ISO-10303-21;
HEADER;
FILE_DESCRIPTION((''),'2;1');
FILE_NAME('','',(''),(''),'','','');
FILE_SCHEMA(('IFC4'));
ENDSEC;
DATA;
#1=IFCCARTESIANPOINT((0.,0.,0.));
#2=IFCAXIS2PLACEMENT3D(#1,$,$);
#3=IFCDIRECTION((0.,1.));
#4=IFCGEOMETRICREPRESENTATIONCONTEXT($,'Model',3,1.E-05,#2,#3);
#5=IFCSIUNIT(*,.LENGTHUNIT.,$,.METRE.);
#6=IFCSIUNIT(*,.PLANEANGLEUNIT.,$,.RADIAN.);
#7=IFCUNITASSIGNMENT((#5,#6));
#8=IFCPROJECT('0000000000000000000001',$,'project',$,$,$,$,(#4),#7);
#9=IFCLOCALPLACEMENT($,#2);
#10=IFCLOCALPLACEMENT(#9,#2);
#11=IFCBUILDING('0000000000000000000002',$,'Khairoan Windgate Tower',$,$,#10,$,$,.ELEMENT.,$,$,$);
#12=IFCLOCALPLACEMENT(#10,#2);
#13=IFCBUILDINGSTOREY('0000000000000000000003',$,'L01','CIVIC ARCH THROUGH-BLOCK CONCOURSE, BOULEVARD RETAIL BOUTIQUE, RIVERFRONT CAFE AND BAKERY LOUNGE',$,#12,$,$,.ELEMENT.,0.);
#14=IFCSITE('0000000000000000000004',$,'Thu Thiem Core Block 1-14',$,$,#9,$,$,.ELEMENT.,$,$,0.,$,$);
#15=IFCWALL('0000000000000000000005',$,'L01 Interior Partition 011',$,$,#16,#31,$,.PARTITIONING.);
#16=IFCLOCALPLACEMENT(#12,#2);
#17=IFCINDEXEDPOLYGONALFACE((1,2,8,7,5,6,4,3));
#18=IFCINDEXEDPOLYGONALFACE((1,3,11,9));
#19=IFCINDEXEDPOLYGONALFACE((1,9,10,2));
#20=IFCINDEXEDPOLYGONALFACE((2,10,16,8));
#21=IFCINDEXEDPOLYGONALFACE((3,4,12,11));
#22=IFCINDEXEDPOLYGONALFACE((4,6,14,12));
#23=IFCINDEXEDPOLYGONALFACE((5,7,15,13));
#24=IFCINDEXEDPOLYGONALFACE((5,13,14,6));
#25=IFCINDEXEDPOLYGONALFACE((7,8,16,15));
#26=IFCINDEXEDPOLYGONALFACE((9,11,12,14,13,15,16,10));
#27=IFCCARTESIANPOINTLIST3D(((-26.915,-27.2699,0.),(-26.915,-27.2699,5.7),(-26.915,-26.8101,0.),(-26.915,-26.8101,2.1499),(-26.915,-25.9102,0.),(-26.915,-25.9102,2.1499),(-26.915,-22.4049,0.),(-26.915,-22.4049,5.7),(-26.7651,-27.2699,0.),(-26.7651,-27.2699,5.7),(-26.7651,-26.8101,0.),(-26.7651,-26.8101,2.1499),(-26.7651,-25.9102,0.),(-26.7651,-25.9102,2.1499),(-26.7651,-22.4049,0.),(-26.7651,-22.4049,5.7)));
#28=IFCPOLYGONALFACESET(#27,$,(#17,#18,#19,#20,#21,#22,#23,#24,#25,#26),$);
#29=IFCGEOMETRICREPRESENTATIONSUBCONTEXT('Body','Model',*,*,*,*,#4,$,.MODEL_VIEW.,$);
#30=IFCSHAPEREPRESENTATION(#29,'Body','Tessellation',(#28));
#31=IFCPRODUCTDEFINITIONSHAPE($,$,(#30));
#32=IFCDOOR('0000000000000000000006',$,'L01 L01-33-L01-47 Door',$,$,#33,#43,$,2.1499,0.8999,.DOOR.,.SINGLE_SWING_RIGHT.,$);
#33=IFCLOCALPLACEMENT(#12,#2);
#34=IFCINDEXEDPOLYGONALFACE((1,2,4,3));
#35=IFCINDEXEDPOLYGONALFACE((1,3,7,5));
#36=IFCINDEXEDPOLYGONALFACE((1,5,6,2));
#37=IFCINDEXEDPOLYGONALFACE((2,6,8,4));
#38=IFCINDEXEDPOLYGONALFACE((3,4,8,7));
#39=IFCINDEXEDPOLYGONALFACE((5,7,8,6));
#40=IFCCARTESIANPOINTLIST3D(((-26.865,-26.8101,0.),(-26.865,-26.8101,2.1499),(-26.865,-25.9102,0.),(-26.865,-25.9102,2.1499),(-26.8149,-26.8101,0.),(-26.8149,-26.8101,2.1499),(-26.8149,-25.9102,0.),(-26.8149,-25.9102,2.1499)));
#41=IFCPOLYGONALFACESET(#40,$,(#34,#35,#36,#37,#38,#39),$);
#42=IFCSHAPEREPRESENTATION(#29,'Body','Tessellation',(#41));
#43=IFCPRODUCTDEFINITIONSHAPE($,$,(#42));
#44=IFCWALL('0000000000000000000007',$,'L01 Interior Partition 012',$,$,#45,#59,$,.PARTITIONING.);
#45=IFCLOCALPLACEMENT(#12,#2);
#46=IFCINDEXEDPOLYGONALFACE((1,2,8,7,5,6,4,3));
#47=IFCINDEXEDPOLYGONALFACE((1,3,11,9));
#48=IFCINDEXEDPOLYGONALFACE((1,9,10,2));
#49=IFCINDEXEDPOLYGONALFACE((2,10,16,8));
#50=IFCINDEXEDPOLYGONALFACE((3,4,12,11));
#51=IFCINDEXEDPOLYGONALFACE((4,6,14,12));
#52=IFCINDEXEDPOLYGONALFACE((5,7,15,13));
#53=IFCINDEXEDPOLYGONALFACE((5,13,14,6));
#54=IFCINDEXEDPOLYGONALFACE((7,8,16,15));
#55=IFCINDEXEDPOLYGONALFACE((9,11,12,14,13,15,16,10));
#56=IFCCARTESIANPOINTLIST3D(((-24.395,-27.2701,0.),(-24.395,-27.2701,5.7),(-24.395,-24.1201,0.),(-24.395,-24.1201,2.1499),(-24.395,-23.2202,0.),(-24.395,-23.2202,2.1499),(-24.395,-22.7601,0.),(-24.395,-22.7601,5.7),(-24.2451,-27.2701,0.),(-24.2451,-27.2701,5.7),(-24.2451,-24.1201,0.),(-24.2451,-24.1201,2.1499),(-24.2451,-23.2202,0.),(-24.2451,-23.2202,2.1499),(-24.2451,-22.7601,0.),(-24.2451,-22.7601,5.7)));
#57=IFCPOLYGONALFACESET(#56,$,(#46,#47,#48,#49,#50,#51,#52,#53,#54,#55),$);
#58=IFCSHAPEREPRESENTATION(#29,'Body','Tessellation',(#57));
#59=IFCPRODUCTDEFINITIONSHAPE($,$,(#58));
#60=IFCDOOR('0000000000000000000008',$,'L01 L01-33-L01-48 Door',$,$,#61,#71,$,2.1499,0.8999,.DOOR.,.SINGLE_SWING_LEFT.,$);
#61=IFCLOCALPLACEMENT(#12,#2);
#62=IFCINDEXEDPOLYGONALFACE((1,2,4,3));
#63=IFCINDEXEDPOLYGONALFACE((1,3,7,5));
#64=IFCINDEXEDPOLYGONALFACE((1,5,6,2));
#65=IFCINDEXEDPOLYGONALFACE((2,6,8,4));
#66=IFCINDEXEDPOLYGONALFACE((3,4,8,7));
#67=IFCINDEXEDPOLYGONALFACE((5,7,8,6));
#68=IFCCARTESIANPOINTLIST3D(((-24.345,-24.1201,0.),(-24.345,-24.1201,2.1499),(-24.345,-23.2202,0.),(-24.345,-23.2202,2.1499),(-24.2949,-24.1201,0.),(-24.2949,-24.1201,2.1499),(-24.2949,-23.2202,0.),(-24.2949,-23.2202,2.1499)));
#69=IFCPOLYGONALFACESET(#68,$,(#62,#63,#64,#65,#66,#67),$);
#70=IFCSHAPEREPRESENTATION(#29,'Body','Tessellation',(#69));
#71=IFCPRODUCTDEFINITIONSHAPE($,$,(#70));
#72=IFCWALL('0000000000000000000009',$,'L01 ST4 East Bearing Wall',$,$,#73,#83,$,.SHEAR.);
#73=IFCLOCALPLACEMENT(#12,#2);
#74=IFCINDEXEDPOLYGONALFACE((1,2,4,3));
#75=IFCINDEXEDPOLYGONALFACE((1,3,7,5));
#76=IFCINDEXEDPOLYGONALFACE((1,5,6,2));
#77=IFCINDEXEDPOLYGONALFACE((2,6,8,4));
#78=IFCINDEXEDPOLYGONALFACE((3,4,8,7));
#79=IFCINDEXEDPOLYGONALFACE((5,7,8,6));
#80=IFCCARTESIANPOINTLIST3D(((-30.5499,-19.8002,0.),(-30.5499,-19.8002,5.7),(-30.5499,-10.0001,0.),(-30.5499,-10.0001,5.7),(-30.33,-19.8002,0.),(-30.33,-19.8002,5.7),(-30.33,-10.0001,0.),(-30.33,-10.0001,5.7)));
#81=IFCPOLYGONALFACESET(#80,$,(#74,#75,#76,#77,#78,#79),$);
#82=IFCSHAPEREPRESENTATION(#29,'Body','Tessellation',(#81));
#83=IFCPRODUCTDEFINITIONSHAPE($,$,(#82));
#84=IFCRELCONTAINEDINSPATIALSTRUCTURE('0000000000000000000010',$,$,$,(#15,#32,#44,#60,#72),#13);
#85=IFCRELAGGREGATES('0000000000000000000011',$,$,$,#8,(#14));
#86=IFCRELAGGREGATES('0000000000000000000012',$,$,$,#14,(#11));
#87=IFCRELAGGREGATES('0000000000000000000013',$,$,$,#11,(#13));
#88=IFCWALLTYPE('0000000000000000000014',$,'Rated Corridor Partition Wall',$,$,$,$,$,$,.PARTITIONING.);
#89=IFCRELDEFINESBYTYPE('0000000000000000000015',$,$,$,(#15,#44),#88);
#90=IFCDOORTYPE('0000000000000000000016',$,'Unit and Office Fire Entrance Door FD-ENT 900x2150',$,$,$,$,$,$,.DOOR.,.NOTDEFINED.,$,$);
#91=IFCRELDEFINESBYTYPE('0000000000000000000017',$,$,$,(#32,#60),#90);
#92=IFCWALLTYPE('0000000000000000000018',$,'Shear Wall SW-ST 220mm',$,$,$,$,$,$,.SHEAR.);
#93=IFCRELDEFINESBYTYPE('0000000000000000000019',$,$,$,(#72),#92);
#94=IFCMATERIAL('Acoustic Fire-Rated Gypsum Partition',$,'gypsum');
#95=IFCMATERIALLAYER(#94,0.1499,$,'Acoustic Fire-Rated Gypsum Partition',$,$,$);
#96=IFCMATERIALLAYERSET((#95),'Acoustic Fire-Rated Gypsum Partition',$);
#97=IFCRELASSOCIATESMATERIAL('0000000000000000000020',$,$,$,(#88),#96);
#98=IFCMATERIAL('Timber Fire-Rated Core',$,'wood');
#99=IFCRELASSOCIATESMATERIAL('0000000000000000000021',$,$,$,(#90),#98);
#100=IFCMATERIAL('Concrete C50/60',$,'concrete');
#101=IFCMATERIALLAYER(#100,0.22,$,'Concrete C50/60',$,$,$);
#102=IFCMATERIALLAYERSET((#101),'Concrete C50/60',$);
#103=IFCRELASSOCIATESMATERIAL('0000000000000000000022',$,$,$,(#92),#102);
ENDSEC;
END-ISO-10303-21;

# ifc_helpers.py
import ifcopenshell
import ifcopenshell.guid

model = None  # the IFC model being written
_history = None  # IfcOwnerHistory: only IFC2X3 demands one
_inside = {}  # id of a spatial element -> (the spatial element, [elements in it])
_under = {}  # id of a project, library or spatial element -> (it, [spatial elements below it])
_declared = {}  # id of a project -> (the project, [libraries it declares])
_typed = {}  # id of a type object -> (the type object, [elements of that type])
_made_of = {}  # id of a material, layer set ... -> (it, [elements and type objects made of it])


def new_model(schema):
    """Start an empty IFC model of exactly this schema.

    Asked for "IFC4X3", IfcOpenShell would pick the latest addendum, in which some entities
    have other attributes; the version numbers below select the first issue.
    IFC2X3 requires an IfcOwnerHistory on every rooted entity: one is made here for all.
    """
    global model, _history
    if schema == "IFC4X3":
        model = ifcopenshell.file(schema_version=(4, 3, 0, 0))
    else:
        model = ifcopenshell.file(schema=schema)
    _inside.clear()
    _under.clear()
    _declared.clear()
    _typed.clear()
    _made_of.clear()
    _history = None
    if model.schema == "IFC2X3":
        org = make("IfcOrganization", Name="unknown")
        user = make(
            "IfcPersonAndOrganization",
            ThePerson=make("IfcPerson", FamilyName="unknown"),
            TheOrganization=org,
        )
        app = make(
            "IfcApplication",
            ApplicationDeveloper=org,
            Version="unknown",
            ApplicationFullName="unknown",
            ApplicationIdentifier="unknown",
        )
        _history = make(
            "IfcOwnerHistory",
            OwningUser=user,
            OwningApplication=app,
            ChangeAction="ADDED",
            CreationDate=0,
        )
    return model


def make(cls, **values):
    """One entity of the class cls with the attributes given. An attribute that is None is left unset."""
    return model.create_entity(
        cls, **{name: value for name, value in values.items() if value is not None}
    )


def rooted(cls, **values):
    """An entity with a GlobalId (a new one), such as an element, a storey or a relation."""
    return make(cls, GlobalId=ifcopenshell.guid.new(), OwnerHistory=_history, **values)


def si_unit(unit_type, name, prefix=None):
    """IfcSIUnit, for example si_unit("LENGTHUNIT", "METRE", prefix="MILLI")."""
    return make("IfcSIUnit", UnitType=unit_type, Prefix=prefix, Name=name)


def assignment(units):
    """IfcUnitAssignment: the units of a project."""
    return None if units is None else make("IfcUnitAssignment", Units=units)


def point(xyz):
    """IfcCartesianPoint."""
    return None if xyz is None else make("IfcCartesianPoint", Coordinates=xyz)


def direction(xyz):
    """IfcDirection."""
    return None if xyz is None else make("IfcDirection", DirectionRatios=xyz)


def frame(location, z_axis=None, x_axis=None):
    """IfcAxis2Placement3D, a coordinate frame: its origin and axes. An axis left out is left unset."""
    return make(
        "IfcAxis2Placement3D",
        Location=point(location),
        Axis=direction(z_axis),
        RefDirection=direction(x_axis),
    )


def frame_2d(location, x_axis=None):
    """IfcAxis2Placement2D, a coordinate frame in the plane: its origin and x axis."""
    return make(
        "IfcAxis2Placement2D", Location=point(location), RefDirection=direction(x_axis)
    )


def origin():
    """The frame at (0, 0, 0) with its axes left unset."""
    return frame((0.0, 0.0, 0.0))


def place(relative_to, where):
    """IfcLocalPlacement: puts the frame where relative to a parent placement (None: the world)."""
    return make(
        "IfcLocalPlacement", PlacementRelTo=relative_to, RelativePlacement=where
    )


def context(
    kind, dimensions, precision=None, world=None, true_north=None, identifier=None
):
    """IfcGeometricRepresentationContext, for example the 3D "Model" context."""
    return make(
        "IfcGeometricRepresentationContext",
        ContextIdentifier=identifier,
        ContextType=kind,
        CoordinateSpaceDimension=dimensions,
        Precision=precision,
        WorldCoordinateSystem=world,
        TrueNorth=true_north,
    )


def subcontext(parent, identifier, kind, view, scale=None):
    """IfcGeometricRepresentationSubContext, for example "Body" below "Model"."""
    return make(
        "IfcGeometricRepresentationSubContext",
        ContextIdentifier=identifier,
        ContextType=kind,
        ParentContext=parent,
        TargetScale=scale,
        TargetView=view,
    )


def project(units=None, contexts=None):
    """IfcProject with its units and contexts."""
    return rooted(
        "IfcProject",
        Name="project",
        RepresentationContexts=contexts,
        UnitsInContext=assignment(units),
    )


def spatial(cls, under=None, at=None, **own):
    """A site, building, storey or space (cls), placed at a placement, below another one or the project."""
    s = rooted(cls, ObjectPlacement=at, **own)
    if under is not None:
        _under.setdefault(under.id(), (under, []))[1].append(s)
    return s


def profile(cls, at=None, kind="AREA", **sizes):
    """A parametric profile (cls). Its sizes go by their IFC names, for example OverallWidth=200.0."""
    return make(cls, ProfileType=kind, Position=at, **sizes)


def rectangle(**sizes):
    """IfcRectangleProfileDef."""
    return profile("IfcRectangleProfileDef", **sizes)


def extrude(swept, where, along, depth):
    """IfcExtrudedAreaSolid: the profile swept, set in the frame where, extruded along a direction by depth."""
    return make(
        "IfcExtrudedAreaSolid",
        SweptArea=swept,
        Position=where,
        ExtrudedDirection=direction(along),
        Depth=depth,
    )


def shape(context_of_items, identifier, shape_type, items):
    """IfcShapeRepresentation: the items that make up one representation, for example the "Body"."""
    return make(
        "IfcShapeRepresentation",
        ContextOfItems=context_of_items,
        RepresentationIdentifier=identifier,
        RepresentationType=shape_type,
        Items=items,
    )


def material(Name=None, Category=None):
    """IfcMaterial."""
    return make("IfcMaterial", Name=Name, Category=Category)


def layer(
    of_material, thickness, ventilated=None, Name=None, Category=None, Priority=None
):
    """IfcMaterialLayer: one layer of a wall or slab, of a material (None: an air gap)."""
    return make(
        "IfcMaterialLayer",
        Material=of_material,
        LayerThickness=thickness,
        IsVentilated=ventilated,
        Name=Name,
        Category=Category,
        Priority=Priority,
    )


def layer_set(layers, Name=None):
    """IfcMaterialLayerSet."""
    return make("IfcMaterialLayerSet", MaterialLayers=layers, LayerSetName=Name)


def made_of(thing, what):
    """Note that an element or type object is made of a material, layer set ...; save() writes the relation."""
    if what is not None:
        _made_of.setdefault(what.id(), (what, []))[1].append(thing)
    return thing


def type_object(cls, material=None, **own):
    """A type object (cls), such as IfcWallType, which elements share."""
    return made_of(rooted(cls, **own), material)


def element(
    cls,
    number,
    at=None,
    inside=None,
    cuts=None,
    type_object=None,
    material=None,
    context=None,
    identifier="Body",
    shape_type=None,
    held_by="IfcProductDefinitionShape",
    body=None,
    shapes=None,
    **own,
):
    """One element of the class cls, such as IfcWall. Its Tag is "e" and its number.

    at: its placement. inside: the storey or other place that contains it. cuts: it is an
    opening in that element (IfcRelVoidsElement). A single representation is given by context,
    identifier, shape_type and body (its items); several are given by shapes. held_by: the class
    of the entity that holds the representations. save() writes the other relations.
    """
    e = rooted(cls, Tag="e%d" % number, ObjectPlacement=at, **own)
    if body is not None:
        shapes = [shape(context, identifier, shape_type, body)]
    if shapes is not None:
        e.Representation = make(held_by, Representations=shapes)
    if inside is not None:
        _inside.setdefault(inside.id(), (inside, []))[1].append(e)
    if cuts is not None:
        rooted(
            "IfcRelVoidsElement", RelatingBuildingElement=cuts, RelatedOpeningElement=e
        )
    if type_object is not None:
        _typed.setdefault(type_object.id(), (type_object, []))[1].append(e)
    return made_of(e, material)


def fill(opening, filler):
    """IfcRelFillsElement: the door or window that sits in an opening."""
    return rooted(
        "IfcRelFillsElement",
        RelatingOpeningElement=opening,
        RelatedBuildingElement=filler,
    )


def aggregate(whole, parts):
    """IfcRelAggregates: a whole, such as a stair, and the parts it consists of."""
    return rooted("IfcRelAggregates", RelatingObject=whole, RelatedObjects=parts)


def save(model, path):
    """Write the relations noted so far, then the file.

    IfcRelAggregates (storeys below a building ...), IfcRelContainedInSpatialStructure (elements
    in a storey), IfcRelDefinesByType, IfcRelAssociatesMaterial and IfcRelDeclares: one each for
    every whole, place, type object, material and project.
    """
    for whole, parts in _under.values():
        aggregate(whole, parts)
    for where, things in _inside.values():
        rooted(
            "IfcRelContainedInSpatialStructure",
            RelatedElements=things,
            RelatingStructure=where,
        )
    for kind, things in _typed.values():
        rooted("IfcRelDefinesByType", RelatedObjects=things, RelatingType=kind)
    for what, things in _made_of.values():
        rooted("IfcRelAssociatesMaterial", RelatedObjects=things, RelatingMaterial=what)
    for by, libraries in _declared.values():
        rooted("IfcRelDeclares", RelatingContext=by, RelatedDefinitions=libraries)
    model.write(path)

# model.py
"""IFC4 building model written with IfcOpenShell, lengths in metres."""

from ifc_helpers import new_model, si_unit, direction, frame, frame_2d, origin, place, context, subcontext, project, spatial, rectangle, extrude, material, layer, layer_set, type_object, element, fill, save


model = new_model("IFC4")

# Units and contexts
model_context = context("Model", 3, precision=1e-05, world=origin(), true_north=direction((0.0, 1.0)))
body_context = subcontext(model_context, "Body", "Model", "MODEL_VIEW")
ifc_project = project(units=[si_unit("LENGTHUNIT", "METRE"), si_unit("PLANEANGLEUNIT", "RADIAN")], contexts=[model_context])

# Site, building, storey
site_placement = place(None, origin())
site = spatial("IfcSite", under=ifc_project, at=site_placement, Name="Thu Thiem Core Block 1-14", CompositionType="ELEMENT", RefElevation=0.0)
building_placement = place(site_placement, origin())
building = spatial("IfcBuilding", under=site, at=building_placement, Name="Khairoan Windgate Tower", CompositionType="ELEMENT")
storey_placement = place(building_placement, origin())
storey = spatial("IfcBuildingStorey", under=building, at=storey_placement, Name="L01", Description="CIVIC ARCH THROUGH-BLOCK CONCOURSE, BOULEVARD RETAIL BOUTIQUE, RIVERFRONT CAFE AND BAKERY LOUNGE", CompositionType="ELEMENT", Elevation=0.0)

# Walls, openings, doors
ifc_material_1 = material(Name="Acoustic Fire-Rated Gypsum Partition", Category="gypsum")
ifc_layer_1 = layer(ifc_material_1, 0.1499, Name="Acoustic Fire-Rated Gypsum Partition")
ifc_layer_set_1 = layer_set([ifc_layer_1], Name="Acoustic Fire-Rated Gypsum Partition")
wall_type_1 = type_object("IfcWallType", Name="Rated Corridor Partition Wall", PredefinedType="PARTITIONING", material=ifc_layer_set_1)
wall_1_placement = place(storey_placement, frame((-26.8401, -27.27, 0.0), z_axis=(0.0, 0.0, 1.0), x_axis=(0.0, 1.0, 0.0)))
wall_1 = element("IfcWall", 1, at=wall_1_placement, inside=storey, type_object=wall_type_1, Name="L01 Interior Partition 011", PredefinedType="PARTITIONING", context=body_context, shape_type="SweptSolid", body=[
    extrude(rectangle(XDim=4.865, YDim=0.1499, at=frame_2d((2.4326, 0.0))), origin(), (0.0, 0.0, 1.0), 5.7),
])
opening_1_placement = place(wall_1_placement, frame((0.46, 0.0, 0.0)))
opening_1 = element("IfcOpeningElement", 2, at=opening_1_placement, cuts=wall_1, PredefinedType="OPENING", context=body_context, shape_type="SweptSolid", body=[
    extrude(rectangle(XDim=0.8999, YDim=2.1499, at=frame_2d((0.45, 1.075))), frame((0.0, 0.085, 0.0), z_axis=(0.0, -1.0, 0.0), x_axis=(1.0, 0.0, 0.0)), (0.0, 0.0, 1.0), 0.1699),
])
ifc_material_2 = material(Name="Timber Fire-Rated Core", Category="wood")
door_type_1 = type_object("IfcDoorType", Name="Unit and Office Fire Entrance Door FD-ENT 900x2150", OperationType="NOTDEFINED", PredefinedType="DOOR", material=ifc_material_2)
door_1_placement = place(opening_1_placement, origin())
door_1 = element("IfcDoor", 3, at=door_1_placement, inside=storey, type_object=door_type_1, Name="L01 L01-33-L01-47 Door", OperationType="SINGLE_SWING_RIGHT", OverallHeight=2.1499, OverallWidth=0.8999, PredefinedType="DOOR", context=body_context, shape_type="SweptSolid", body=[
    extrude(rectangle(XDim=0.8999, YDim=2.1499, at=frame_2d((0.45, 1.075))), frame((0.0, 0.0249, 0.0), z_axis=(0.0, -1.0, 0.0), x_axis=(1.0, 0.0, 0.0)), (0.0, 0.0, 1.0), 0.05),
])
fill(opening_1, door_1)
wall_2_placement = place(storey_placement, frame((-24.3201, -27.27, 0.0), z_axis=(0.0, 0.0, 1.0), x_axis=(0.0, 1.0, 0.0)))
wall_2 = element("IfcWall", 4, at=wall_2_placement, inside=storey, type_object=wall_type_1, Name="L01 Interior Partition 012", PredefinedType="PARTITIONING", context=body_context, shape_type="SweptSolid", body=[
    extrude(rectangle(XDim=4.51, YDim=0.1499, at=frame_2d((2.2549, 0.0))), origin(), (0.0, 0.0, 1.0), 5.7),
])
opening_2_placement = place(wall_2_placement, frame((3.1499, 0.0, 0.0)))
opening_2 = element("IfcOpeningElement", 5, at=opening_2_placement, cuts=wall_2, PredefinedType="OPENING", context=body_context, shape_type="SweptSolid", body=[
    extrude(rectangle(XDim=0.8999, YDim=2.1499, at=frame_2d((0.45, 1.075))), frame((0.0, 0.085, 0.0), z_axis=(0.0, -1.0, 0.0), x_axis=(1.0, 0.0, 0.0)), (0.0, 0.0, 1.0), 0.1699),
])
door_2_placement = place(opening_2_placement, origin())
door_2 = element("IfcDoor", 6, at=door_2_placement, inside=storey, type_object=door_type_1, Name="L01 L01-33-L01-48 Door", OperationType="SINGLE_SWING_LEFT", OverallHeight=2.1499, OverallWidth=0.8999, PredefinedType="DOOR", context=body_context, shape_type="SweptSolid", body=[
    extrude(rectangle(XDim=0.8999, YDim=2.1499, at=frame_2d((0.45, 1.075))), frame((0.0, 0.0249, 0.0), z_axis=(0.0, -1.0, 0.0), x_axis=(1.0, 0.0, 0.0)), (0.0, 0.0, 1.0), 0.05),
])
fill(opening_2, door_2)

# Wall
ifc_material_3 = material(Name="Concrete C50/60", Category="concrete")
ifc_layer_2 = layer(ifc_material_3, 0.22, Name="Concrete C50/60")
ifc_layer_set_2 = layer_set([ifc_layer_2], Name="Concrete C50/60")
wall_type_2 = type_object("IfcWallType", Name="Shear Wall SW-ST 220mm", PredefinedType="SHEAR", material=ifc_layer_set_2)
wall_3_placement = place(storey_placement, frame((-30.4399, -19.8, 0.0), z_axis=(0.0, 0.0, 1.0), x_axis=(0.0, 1.0, 0.0)))
element("IfcWall", 7, at=wall_3_placement, inside=storey, type_object=wall_type_2, Name="L01 ST4 East Bearing Wall", PredefinedType="SHEAR", context=body_context, shape_type="SweptSolid", body=[
    extrude(rectangle(XDim=9.8, YDim=0.22, at=frame_2d((4.8999, 0.0))), origin(), (0.0, 0.0, 1.0), 5.7),
])

save(model, "model.ifc")
